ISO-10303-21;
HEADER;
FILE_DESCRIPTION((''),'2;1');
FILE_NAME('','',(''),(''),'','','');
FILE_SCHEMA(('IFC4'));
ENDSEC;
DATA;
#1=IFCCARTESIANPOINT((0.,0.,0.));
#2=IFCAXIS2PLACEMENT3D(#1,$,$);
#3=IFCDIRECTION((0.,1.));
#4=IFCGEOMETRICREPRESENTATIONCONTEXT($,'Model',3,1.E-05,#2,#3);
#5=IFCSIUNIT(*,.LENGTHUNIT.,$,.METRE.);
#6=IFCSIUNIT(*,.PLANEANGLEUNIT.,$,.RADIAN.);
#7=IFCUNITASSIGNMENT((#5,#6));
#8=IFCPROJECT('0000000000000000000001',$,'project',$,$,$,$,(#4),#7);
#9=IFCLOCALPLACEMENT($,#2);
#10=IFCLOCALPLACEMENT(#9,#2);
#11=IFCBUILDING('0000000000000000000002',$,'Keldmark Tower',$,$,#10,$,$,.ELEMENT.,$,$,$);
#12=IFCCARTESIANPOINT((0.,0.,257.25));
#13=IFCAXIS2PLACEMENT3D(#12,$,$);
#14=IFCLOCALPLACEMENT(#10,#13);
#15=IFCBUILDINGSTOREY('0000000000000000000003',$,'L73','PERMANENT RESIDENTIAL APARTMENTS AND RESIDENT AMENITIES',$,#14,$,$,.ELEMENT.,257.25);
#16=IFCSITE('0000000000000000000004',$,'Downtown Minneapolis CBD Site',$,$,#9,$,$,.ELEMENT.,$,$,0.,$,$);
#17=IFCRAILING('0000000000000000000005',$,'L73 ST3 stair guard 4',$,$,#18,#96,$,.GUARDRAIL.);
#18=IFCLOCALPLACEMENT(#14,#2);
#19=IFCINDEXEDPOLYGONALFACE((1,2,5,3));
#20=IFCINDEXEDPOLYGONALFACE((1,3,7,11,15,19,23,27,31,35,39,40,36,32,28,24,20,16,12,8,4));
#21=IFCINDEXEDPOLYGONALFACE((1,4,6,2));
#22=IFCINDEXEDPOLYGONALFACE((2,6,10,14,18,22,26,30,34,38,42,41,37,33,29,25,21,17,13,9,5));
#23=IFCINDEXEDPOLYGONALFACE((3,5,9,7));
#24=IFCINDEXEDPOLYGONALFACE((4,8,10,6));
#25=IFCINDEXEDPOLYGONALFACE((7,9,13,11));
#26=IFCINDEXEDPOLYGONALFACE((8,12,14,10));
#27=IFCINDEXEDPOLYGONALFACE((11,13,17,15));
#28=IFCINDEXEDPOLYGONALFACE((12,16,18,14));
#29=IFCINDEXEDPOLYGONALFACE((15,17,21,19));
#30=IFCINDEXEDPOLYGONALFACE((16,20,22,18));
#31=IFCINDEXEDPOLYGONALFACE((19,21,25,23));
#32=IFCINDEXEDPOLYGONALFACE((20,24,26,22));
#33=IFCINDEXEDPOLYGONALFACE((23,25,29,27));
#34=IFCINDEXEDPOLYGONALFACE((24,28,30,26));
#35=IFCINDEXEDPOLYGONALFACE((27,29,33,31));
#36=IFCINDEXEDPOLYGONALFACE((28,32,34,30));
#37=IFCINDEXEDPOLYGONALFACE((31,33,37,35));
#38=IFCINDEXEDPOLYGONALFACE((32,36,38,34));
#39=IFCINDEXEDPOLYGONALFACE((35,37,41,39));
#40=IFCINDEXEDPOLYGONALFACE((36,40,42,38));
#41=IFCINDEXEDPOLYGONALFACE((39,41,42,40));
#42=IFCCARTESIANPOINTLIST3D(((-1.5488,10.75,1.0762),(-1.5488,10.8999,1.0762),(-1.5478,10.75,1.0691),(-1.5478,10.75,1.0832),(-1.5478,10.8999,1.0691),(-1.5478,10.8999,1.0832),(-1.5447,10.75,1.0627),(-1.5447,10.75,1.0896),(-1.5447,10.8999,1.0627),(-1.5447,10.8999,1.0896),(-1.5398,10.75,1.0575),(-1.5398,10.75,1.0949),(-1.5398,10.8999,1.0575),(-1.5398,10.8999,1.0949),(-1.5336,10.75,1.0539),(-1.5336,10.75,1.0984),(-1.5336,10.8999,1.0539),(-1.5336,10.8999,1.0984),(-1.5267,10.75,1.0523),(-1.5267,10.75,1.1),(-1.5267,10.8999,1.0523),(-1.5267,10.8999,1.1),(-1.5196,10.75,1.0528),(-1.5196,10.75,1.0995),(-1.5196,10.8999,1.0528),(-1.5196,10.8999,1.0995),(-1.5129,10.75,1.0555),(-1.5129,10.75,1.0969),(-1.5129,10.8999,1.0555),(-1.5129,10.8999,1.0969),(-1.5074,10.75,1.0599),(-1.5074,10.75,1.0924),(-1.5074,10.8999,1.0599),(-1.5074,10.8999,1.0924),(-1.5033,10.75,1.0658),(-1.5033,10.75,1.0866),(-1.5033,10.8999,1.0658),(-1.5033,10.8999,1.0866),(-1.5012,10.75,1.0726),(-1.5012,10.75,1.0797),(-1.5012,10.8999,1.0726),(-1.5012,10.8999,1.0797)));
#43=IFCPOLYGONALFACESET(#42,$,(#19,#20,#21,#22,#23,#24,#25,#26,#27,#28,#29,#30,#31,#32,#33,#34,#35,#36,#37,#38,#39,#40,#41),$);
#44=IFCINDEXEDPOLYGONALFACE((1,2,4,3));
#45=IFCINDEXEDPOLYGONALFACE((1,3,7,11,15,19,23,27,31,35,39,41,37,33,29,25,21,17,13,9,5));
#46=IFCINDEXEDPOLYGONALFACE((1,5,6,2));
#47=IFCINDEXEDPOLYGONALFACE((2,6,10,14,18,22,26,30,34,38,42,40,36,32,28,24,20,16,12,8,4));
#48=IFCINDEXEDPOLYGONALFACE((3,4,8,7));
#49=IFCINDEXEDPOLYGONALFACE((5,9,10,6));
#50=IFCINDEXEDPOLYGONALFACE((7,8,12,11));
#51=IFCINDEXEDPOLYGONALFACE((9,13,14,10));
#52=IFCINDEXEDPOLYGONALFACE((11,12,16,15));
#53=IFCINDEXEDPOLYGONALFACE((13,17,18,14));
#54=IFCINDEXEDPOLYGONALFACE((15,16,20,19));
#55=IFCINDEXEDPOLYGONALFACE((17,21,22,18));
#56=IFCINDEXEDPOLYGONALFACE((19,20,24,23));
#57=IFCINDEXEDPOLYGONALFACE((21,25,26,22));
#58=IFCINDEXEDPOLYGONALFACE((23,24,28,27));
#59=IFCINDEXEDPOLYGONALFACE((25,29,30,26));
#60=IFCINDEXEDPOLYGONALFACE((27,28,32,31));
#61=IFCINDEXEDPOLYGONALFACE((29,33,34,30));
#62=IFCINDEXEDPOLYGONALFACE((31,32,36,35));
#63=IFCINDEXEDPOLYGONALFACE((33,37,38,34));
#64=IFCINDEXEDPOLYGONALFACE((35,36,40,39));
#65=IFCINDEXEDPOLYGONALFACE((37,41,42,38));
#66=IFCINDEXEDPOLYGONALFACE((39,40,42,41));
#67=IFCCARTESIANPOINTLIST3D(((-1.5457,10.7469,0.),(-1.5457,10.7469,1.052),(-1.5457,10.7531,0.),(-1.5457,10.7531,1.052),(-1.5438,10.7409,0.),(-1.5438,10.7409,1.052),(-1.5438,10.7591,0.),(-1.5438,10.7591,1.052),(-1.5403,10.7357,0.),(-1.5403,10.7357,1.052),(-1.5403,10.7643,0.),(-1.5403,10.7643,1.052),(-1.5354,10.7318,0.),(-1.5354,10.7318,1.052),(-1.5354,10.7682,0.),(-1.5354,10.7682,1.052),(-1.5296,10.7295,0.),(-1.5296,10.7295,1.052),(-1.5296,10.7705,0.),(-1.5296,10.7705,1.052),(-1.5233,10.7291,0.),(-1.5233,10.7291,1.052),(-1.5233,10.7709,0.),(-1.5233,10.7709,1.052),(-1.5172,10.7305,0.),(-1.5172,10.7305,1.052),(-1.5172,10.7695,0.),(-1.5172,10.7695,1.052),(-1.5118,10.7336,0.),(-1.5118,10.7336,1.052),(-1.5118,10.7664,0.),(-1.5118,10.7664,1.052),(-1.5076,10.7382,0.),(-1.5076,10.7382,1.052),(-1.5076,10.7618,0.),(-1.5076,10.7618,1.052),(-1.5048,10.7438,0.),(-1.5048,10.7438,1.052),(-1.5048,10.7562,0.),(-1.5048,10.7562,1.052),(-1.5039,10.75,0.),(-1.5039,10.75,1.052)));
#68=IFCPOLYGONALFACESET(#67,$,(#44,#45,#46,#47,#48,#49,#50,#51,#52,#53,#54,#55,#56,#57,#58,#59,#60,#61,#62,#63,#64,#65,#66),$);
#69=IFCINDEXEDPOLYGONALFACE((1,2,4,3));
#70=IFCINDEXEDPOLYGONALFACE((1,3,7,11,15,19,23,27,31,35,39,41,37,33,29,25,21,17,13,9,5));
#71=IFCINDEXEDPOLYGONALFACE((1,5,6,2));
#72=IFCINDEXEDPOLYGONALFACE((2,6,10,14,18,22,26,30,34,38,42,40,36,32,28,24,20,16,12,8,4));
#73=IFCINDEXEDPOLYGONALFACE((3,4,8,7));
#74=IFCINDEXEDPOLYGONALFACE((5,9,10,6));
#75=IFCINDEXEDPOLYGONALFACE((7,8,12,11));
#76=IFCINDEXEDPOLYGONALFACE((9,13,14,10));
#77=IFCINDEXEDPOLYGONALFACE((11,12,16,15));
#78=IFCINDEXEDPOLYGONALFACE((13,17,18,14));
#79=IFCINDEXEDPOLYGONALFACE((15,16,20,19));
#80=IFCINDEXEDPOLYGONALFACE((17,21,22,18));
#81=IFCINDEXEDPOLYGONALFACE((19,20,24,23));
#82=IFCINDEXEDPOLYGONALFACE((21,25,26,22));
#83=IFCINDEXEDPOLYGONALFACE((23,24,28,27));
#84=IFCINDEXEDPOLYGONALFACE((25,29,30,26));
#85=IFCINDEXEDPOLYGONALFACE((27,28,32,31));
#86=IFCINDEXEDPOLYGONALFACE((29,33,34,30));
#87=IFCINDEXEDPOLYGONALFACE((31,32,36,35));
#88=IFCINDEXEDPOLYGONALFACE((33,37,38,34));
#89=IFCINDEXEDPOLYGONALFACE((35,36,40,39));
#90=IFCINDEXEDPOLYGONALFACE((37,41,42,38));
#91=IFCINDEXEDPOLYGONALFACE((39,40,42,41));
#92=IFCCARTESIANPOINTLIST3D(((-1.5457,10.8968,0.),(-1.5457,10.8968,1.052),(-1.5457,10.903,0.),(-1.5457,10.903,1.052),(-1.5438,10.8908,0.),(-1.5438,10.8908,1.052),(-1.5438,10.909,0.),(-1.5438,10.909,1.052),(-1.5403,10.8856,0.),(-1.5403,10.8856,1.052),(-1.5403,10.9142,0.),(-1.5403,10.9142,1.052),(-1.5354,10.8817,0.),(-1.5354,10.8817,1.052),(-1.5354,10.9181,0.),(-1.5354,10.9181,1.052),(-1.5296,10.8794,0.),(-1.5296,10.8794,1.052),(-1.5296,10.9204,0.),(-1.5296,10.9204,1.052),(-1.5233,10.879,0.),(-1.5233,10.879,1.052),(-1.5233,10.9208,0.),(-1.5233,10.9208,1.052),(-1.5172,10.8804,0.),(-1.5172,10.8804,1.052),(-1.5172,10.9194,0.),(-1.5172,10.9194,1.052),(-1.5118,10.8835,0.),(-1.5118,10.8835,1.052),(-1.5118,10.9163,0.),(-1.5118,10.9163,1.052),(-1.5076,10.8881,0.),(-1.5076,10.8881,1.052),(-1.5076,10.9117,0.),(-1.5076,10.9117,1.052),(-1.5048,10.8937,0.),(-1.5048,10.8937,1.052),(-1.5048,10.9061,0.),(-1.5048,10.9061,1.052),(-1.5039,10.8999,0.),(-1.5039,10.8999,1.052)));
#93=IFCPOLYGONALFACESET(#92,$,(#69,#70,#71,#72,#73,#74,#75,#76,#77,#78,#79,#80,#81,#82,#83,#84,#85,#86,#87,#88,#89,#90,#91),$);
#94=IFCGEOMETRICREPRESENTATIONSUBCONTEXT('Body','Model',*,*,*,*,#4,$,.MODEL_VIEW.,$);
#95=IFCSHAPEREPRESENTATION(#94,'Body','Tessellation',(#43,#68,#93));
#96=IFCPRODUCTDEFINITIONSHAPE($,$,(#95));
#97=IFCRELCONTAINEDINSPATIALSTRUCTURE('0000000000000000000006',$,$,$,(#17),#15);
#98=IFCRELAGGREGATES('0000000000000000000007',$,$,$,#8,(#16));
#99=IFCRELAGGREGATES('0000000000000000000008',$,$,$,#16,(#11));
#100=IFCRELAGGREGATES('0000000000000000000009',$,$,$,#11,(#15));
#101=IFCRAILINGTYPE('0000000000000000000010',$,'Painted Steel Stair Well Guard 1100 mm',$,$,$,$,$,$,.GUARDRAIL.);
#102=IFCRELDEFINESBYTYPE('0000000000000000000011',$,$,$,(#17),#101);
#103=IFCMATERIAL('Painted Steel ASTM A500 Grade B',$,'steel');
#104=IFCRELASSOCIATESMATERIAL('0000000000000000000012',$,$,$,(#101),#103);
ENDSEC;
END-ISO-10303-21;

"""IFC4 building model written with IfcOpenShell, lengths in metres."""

from ifc_helpers import new_model, si_unit, direction, frame, origin, origin_2d, place, context, subcontext, project, spatial, circle, extrude, material, type_object, element, save


model = new_model("IFC4")

# Units and contexts
model_context = context("Model", 3, precision=1e-05, world=origin(), true_north=direction((0.0, 1.0)))
body_context = subcontext(model_context, "Body", "Model", "MODEL_VIEW")
ifc_project = project(units=[si_unit("LENGTHUNIT", "METRE"), si_unit("PLANEANGLEUNIT", "RADIAN")], contexts=[model_context])

# Site, building, storey
site_placement = place(None, origin())
site = spatial("IfcSite", under=ifc_project, at=site_placement, Name="Downtown Minneapolis CBD Site", CompositionType="ELEMENT", RefElevation=0.0)
building_placement = place(site_placement, origin())
building = spatial("IfcBuilding", under=site, at=building_placement, Name="Keldmark Tower", CompositionType="ELEMENT")
storey_placement = place(building_placement, frame((0.0, 0.0, 257.25)))
storey = spatial("IfcBuildingStorey", under=building, at=storey_placement, Name="L73", Description="PERMANENT RESIDENTIAL APARTMENTS AND RESIDENT AMENITIES", CompositionType="ELEMENT", Elevation=257.25)

# Railing
ifc_material_1 = material(Name="Painted Steel ASTM A500 Grade B", Category="steel")
railing_type_1 = type_object("IfcRailingType", Name="Painted Steel Stair Well Guard 1100 mm", PredefinedType="GUARDRAIL", material=ifc_material_1)
railing_1_placement = place(storey_placement, frame((-1.5249, 10.75, 0.0)))
element("IfcRailing", 1, at=railing_1_placement, inside=storey, type_object=railing_type_1, Name="L73 ST3 stair guard 4", PredefinedType="GUARDRAIL", context=body_context, shape_type="SweptSolid", body=[
    extrude(circle(Radius=0.0239, at=origin_2d()), frame((0.0, 0.0, 1.0762), z_axis=(0.0, 1.0, 0.0), x_axis=(-1.0, 0.0, 0.0)), (0.0, 0.0, 1.0), 0.1499),
    extrude(circle(Radius=0.021, at=origin_2d()), origin(), (0.0, 0.0, 1.0), 1.052),
    extrude(circle(Radius=0.021, at=origin_2d()), frame((0.0, 0.1499, 0.0)), (0.0, 0.0, 1.0), 1.052),
])

save(model, "model.ifc")
